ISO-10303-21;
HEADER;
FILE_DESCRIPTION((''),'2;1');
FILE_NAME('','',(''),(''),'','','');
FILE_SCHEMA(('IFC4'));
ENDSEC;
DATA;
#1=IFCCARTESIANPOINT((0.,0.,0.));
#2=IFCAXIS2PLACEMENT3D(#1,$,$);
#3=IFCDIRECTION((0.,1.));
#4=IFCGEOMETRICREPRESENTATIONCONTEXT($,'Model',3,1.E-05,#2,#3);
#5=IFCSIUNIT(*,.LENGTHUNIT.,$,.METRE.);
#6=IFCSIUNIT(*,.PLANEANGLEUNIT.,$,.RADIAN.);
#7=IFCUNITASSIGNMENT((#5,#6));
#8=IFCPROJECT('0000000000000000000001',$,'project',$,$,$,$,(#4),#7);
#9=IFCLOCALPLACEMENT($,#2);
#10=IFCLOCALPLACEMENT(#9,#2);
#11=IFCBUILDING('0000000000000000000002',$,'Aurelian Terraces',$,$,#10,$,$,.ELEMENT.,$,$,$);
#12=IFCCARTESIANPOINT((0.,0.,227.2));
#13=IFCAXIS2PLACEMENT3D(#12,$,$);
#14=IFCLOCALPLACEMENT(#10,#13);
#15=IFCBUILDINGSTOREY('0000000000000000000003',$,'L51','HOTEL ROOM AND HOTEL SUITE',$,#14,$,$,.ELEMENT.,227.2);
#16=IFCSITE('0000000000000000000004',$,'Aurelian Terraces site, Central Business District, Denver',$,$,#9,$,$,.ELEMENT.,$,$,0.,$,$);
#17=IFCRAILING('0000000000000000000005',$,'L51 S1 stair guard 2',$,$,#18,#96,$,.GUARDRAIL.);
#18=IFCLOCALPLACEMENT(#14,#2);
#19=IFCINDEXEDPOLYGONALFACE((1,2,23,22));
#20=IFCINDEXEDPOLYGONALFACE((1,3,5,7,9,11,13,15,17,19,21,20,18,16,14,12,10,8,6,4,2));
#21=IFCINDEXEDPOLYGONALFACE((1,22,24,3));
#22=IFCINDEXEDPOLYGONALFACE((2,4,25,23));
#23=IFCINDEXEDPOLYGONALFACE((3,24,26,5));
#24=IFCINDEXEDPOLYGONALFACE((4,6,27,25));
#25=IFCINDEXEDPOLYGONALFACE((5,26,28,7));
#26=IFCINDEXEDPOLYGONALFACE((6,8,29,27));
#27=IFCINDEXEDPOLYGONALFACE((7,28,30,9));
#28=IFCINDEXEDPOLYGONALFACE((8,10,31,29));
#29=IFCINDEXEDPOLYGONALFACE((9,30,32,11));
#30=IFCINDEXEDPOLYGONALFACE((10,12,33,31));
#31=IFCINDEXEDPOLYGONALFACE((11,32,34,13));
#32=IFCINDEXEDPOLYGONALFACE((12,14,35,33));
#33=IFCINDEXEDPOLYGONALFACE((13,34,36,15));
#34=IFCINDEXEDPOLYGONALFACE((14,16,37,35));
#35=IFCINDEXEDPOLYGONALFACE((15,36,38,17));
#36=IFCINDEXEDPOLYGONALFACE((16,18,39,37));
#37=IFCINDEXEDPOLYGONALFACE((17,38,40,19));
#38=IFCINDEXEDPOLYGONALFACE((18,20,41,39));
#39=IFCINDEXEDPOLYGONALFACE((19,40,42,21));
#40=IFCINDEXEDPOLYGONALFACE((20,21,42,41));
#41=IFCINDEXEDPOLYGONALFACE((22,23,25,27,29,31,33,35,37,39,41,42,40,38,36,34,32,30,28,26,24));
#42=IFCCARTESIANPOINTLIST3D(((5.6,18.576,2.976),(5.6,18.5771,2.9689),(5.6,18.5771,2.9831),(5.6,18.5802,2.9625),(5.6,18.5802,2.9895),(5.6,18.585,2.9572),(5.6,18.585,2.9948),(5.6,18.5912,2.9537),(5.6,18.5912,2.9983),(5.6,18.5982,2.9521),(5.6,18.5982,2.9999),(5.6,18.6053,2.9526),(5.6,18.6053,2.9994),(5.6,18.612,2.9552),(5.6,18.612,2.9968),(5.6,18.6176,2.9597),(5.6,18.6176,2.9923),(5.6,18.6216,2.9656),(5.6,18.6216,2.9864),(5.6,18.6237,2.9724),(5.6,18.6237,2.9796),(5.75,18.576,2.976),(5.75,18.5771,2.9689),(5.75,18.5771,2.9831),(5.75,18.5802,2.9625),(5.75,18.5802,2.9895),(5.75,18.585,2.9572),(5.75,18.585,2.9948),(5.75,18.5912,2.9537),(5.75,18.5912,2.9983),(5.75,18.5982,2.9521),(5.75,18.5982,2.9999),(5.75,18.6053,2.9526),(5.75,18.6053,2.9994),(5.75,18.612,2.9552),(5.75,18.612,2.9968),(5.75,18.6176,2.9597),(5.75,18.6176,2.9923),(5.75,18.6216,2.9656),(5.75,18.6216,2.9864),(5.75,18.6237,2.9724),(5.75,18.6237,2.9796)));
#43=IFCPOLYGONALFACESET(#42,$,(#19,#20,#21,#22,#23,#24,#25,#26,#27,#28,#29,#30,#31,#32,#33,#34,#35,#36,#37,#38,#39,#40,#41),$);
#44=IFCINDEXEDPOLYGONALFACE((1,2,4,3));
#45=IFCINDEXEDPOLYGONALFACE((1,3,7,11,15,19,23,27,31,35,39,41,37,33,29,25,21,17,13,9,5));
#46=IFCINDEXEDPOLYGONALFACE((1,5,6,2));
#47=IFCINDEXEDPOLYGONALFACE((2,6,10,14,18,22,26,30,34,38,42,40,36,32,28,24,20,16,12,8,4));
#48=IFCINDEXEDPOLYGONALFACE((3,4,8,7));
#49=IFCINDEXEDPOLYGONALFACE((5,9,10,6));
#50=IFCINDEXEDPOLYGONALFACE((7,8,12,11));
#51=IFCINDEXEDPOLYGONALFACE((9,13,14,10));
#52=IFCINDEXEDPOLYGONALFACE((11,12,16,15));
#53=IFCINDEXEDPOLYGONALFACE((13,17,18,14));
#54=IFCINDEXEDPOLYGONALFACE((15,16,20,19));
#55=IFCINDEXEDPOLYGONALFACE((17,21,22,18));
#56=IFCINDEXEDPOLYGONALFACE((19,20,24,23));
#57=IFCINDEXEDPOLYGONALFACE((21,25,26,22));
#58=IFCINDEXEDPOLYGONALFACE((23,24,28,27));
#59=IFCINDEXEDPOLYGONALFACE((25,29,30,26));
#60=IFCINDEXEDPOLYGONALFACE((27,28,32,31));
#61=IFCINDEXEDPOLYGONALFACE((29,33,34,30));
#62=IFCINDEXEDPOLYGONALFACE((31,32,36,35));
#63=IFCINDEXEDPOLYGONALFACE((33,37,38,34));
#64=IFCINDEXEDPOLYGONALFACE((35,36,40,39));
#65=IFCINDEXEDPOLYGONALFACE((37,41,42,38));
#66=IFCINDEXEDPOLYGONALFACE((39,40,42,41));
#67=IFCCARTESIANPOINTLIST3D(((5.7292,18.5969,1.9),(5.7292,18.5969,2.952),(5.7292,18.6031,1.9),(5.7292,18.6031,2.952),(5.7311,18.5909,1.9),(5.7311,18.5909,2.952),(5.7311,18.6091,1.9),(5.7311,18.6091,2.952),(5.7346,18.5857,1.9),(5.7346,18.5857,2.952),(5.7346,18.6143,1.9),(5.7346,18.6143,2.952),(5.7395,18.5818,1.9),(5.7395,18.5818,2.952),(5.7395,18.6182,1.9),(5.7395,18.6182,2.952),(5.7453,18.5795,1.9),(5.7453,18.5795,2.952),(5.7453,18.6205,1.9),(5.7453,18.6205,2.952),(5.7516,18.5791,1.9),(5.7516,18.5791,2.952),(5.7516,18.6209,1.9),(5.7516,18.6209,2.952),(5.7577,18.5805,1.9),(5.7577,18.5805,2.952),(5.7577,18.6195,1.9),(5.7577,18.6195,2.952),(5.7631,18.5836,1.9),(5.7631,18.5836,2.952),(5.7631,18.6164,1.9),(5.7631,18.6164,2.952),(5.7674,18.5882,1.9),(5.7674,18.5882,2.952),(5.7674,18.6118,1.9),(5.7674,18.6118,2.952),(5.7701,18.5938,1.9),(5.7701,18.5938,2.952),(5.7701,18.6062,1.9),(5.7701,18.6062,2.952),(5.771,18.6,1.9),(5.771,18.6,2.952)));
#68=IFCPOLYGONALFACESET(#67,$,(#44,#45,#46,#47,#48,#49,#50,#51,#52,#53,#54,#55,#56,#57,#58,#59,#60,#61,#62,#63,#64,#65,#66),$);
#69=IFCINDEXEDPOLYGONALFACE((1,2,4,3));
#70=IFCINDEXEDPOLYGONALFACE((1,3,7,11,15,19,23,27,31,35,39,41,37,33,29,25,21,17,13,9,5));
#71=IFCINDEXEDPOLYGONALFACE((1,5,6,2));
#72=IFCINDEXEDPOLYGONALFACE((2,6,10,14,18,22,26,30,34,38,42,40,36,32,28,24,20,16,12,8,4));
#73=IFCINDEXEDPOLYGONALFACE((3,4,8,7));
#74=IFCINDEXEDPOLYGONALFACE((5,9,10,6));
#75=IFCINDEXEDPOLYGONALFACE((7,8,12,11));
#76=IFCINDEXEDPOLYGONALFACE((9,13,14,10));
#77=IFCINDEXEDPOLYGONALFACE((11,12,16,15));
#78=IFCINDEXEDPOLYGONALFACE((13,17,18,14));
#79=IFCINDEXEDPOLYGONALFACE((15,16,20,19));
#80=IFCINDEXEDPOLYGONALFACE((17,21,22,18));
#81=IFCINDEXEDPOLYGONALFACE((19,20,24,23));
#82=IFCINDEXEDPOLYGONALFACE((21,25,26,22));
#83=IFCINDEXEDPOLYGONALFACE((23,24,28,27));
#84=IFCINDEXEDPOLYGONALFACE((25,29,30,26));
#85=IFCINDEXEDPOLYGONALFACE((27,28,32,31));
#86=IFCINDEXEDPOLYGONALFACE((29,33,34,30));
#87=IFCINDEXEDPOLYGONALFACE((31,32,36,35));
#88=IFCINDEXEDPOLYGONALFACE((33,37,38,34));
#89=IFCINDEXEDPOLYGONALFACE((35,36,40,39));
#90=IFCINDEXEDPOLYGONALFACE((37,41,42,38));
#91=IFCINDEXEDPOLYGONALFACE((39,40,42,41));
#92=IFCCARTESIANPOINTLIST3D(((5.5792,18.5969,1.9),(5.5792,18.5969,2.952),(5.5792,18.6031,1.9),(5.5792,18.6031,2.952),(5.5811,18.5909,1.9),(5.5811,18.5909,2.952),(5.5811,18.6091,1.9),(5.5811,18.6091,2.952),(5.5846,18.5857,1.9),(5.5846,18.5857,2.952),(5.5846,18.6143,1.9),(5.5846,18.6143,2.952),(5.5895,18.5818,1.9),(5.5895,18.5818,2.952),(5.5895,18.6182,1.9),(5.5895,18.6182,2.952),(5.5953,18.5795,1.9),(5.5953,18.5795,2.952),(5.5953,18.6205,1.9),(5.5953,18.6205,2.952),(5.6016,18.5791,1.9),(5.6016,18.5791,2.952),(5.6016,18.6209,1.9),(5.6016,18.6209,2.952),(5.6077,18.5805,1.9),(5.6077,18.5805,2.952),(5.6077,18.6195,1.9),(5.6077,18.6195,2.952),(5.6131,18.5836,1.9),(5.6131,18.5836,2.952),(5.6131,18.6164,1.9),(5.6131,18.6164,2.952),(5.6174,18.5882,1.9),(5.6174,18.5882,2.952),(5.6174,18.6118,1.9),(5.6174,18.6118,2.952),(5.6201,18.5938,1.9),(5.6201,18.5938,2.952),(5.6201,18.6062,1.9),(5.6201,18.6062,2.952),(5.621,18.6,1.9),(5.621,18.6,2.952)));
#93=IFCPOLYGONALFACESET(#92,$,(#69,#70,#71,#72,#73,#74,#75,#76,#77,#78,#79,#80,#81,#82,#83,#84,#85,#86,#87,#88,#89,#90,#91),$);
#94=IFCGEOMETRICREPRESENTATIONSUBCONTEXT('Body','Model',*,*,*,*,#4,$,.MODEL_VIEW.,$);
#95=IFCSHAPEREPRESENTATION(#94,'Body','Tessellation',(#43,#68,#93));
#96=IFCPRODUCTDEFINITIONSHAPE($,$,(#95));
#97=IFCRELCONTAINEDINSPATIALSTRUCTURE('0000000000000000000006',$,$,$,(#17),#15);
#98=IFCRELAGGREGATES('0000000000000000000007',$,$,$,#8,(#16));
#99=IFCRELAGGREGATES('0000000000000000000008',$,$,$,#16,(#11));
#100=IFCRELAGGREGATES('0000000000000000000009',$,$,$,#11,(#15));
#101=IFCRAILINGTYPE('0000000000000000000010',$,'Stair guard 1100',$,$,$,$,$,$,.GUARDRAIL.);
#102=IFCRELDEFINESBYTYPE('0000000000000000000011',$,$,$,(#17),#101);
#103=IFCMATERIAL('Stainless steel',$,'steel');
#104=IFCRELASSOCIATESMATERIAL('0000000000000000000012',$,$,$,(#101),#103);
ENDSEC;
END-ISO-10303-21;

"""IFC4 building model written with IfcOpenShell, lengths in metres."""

from ifc_helpers import new_model, si_unit, direction, frame, origin, origin_2d, place, context, subcontext, project, spatial, circle, extrude, source, transform, mapped, material, type_object, element, save


model = new_model("IFC4")

# Units and contexts
model_context = context("Model", 3, precision=1e-05, world=origin(), true_north=direction((0.0, 1.0)))
body_context = subcontext(model_context, "Body", "Model", "MODEL_VIEW")
ifc_project = project(units=[si_unit("LENGTHUNIT", "METRE"), si_unit("PLANEANGLEUNIT", "RADIAN")], contexts=[model_context])

# Site, building, storey
site_placement = place(None, origin())
site = spatial("IfcSite", under=ifc_project, at=site_placement, Name="Aurelian Terraces site, Central Business District, Denver", CompositionType="ELEMENT", RefElevation=0.0)
building_placement = place(site_placement, origin())
building = spatial("IfcBuilding", under=site, at=building_placement, Name="Aurelian Terraces", CompositionType="ELEMENT")
storey_placement = place(building_placement, frame((0.0, 0.0, 227.2)))
storey = spatial("IfcBuildingStorey", under=building, at=storey_placement, Name="L51", Description="HOTEL ROOM AND HOTEL SUITE", CompositionType="ELEMENT", Elevation=227.2)

# Railing
ifc_material_1 = material(Name="Stainless steel", Category="steel")
railing_type = type_object("IfcRailingType", Name="Stair guard 1100", PredefinedType="GUARDRAIL", material=ifc_material_1)
shared_shape_1 = source(origin(), body_context, "Body", "SweptSolid", [
    extrude(circle(Radius=0.024, at=origin_2d()), frame((0.0, 0.0, 1.076), z_axis=(-1.0, 0.0, 0.0), x_axis=(0.0, -1.0, 0.0)), (0.0, 0.0, 1.0), 0.15),
    extrude(circle(Radius=0.021, at=origin_2d()), origin(), (0.0, 0.0, 1.0), 1.052),
    extrude(circle(Radius=0.021, at=origin_2d()), frame((-0.15, 0.0, 0.0)), (0.0, 0.0, 1.0), 1.052),
])
railing_placement = place(storey_placement, frame((5.75, 18.6, 1.9)))
element("IfcRailing", 1, at=railing_placement, inside=storey, type_object=railing_type, Name="L51 S1 stair guard 2", PredefinedType="GUARDRAIL", context=body_context, shape_type="MappedRepresentation", body=[
    mapped(shared_shape_1, transform((0.0, 0.0, 0.0), scale=1.0)),
])

save(model, "model.ifc")
